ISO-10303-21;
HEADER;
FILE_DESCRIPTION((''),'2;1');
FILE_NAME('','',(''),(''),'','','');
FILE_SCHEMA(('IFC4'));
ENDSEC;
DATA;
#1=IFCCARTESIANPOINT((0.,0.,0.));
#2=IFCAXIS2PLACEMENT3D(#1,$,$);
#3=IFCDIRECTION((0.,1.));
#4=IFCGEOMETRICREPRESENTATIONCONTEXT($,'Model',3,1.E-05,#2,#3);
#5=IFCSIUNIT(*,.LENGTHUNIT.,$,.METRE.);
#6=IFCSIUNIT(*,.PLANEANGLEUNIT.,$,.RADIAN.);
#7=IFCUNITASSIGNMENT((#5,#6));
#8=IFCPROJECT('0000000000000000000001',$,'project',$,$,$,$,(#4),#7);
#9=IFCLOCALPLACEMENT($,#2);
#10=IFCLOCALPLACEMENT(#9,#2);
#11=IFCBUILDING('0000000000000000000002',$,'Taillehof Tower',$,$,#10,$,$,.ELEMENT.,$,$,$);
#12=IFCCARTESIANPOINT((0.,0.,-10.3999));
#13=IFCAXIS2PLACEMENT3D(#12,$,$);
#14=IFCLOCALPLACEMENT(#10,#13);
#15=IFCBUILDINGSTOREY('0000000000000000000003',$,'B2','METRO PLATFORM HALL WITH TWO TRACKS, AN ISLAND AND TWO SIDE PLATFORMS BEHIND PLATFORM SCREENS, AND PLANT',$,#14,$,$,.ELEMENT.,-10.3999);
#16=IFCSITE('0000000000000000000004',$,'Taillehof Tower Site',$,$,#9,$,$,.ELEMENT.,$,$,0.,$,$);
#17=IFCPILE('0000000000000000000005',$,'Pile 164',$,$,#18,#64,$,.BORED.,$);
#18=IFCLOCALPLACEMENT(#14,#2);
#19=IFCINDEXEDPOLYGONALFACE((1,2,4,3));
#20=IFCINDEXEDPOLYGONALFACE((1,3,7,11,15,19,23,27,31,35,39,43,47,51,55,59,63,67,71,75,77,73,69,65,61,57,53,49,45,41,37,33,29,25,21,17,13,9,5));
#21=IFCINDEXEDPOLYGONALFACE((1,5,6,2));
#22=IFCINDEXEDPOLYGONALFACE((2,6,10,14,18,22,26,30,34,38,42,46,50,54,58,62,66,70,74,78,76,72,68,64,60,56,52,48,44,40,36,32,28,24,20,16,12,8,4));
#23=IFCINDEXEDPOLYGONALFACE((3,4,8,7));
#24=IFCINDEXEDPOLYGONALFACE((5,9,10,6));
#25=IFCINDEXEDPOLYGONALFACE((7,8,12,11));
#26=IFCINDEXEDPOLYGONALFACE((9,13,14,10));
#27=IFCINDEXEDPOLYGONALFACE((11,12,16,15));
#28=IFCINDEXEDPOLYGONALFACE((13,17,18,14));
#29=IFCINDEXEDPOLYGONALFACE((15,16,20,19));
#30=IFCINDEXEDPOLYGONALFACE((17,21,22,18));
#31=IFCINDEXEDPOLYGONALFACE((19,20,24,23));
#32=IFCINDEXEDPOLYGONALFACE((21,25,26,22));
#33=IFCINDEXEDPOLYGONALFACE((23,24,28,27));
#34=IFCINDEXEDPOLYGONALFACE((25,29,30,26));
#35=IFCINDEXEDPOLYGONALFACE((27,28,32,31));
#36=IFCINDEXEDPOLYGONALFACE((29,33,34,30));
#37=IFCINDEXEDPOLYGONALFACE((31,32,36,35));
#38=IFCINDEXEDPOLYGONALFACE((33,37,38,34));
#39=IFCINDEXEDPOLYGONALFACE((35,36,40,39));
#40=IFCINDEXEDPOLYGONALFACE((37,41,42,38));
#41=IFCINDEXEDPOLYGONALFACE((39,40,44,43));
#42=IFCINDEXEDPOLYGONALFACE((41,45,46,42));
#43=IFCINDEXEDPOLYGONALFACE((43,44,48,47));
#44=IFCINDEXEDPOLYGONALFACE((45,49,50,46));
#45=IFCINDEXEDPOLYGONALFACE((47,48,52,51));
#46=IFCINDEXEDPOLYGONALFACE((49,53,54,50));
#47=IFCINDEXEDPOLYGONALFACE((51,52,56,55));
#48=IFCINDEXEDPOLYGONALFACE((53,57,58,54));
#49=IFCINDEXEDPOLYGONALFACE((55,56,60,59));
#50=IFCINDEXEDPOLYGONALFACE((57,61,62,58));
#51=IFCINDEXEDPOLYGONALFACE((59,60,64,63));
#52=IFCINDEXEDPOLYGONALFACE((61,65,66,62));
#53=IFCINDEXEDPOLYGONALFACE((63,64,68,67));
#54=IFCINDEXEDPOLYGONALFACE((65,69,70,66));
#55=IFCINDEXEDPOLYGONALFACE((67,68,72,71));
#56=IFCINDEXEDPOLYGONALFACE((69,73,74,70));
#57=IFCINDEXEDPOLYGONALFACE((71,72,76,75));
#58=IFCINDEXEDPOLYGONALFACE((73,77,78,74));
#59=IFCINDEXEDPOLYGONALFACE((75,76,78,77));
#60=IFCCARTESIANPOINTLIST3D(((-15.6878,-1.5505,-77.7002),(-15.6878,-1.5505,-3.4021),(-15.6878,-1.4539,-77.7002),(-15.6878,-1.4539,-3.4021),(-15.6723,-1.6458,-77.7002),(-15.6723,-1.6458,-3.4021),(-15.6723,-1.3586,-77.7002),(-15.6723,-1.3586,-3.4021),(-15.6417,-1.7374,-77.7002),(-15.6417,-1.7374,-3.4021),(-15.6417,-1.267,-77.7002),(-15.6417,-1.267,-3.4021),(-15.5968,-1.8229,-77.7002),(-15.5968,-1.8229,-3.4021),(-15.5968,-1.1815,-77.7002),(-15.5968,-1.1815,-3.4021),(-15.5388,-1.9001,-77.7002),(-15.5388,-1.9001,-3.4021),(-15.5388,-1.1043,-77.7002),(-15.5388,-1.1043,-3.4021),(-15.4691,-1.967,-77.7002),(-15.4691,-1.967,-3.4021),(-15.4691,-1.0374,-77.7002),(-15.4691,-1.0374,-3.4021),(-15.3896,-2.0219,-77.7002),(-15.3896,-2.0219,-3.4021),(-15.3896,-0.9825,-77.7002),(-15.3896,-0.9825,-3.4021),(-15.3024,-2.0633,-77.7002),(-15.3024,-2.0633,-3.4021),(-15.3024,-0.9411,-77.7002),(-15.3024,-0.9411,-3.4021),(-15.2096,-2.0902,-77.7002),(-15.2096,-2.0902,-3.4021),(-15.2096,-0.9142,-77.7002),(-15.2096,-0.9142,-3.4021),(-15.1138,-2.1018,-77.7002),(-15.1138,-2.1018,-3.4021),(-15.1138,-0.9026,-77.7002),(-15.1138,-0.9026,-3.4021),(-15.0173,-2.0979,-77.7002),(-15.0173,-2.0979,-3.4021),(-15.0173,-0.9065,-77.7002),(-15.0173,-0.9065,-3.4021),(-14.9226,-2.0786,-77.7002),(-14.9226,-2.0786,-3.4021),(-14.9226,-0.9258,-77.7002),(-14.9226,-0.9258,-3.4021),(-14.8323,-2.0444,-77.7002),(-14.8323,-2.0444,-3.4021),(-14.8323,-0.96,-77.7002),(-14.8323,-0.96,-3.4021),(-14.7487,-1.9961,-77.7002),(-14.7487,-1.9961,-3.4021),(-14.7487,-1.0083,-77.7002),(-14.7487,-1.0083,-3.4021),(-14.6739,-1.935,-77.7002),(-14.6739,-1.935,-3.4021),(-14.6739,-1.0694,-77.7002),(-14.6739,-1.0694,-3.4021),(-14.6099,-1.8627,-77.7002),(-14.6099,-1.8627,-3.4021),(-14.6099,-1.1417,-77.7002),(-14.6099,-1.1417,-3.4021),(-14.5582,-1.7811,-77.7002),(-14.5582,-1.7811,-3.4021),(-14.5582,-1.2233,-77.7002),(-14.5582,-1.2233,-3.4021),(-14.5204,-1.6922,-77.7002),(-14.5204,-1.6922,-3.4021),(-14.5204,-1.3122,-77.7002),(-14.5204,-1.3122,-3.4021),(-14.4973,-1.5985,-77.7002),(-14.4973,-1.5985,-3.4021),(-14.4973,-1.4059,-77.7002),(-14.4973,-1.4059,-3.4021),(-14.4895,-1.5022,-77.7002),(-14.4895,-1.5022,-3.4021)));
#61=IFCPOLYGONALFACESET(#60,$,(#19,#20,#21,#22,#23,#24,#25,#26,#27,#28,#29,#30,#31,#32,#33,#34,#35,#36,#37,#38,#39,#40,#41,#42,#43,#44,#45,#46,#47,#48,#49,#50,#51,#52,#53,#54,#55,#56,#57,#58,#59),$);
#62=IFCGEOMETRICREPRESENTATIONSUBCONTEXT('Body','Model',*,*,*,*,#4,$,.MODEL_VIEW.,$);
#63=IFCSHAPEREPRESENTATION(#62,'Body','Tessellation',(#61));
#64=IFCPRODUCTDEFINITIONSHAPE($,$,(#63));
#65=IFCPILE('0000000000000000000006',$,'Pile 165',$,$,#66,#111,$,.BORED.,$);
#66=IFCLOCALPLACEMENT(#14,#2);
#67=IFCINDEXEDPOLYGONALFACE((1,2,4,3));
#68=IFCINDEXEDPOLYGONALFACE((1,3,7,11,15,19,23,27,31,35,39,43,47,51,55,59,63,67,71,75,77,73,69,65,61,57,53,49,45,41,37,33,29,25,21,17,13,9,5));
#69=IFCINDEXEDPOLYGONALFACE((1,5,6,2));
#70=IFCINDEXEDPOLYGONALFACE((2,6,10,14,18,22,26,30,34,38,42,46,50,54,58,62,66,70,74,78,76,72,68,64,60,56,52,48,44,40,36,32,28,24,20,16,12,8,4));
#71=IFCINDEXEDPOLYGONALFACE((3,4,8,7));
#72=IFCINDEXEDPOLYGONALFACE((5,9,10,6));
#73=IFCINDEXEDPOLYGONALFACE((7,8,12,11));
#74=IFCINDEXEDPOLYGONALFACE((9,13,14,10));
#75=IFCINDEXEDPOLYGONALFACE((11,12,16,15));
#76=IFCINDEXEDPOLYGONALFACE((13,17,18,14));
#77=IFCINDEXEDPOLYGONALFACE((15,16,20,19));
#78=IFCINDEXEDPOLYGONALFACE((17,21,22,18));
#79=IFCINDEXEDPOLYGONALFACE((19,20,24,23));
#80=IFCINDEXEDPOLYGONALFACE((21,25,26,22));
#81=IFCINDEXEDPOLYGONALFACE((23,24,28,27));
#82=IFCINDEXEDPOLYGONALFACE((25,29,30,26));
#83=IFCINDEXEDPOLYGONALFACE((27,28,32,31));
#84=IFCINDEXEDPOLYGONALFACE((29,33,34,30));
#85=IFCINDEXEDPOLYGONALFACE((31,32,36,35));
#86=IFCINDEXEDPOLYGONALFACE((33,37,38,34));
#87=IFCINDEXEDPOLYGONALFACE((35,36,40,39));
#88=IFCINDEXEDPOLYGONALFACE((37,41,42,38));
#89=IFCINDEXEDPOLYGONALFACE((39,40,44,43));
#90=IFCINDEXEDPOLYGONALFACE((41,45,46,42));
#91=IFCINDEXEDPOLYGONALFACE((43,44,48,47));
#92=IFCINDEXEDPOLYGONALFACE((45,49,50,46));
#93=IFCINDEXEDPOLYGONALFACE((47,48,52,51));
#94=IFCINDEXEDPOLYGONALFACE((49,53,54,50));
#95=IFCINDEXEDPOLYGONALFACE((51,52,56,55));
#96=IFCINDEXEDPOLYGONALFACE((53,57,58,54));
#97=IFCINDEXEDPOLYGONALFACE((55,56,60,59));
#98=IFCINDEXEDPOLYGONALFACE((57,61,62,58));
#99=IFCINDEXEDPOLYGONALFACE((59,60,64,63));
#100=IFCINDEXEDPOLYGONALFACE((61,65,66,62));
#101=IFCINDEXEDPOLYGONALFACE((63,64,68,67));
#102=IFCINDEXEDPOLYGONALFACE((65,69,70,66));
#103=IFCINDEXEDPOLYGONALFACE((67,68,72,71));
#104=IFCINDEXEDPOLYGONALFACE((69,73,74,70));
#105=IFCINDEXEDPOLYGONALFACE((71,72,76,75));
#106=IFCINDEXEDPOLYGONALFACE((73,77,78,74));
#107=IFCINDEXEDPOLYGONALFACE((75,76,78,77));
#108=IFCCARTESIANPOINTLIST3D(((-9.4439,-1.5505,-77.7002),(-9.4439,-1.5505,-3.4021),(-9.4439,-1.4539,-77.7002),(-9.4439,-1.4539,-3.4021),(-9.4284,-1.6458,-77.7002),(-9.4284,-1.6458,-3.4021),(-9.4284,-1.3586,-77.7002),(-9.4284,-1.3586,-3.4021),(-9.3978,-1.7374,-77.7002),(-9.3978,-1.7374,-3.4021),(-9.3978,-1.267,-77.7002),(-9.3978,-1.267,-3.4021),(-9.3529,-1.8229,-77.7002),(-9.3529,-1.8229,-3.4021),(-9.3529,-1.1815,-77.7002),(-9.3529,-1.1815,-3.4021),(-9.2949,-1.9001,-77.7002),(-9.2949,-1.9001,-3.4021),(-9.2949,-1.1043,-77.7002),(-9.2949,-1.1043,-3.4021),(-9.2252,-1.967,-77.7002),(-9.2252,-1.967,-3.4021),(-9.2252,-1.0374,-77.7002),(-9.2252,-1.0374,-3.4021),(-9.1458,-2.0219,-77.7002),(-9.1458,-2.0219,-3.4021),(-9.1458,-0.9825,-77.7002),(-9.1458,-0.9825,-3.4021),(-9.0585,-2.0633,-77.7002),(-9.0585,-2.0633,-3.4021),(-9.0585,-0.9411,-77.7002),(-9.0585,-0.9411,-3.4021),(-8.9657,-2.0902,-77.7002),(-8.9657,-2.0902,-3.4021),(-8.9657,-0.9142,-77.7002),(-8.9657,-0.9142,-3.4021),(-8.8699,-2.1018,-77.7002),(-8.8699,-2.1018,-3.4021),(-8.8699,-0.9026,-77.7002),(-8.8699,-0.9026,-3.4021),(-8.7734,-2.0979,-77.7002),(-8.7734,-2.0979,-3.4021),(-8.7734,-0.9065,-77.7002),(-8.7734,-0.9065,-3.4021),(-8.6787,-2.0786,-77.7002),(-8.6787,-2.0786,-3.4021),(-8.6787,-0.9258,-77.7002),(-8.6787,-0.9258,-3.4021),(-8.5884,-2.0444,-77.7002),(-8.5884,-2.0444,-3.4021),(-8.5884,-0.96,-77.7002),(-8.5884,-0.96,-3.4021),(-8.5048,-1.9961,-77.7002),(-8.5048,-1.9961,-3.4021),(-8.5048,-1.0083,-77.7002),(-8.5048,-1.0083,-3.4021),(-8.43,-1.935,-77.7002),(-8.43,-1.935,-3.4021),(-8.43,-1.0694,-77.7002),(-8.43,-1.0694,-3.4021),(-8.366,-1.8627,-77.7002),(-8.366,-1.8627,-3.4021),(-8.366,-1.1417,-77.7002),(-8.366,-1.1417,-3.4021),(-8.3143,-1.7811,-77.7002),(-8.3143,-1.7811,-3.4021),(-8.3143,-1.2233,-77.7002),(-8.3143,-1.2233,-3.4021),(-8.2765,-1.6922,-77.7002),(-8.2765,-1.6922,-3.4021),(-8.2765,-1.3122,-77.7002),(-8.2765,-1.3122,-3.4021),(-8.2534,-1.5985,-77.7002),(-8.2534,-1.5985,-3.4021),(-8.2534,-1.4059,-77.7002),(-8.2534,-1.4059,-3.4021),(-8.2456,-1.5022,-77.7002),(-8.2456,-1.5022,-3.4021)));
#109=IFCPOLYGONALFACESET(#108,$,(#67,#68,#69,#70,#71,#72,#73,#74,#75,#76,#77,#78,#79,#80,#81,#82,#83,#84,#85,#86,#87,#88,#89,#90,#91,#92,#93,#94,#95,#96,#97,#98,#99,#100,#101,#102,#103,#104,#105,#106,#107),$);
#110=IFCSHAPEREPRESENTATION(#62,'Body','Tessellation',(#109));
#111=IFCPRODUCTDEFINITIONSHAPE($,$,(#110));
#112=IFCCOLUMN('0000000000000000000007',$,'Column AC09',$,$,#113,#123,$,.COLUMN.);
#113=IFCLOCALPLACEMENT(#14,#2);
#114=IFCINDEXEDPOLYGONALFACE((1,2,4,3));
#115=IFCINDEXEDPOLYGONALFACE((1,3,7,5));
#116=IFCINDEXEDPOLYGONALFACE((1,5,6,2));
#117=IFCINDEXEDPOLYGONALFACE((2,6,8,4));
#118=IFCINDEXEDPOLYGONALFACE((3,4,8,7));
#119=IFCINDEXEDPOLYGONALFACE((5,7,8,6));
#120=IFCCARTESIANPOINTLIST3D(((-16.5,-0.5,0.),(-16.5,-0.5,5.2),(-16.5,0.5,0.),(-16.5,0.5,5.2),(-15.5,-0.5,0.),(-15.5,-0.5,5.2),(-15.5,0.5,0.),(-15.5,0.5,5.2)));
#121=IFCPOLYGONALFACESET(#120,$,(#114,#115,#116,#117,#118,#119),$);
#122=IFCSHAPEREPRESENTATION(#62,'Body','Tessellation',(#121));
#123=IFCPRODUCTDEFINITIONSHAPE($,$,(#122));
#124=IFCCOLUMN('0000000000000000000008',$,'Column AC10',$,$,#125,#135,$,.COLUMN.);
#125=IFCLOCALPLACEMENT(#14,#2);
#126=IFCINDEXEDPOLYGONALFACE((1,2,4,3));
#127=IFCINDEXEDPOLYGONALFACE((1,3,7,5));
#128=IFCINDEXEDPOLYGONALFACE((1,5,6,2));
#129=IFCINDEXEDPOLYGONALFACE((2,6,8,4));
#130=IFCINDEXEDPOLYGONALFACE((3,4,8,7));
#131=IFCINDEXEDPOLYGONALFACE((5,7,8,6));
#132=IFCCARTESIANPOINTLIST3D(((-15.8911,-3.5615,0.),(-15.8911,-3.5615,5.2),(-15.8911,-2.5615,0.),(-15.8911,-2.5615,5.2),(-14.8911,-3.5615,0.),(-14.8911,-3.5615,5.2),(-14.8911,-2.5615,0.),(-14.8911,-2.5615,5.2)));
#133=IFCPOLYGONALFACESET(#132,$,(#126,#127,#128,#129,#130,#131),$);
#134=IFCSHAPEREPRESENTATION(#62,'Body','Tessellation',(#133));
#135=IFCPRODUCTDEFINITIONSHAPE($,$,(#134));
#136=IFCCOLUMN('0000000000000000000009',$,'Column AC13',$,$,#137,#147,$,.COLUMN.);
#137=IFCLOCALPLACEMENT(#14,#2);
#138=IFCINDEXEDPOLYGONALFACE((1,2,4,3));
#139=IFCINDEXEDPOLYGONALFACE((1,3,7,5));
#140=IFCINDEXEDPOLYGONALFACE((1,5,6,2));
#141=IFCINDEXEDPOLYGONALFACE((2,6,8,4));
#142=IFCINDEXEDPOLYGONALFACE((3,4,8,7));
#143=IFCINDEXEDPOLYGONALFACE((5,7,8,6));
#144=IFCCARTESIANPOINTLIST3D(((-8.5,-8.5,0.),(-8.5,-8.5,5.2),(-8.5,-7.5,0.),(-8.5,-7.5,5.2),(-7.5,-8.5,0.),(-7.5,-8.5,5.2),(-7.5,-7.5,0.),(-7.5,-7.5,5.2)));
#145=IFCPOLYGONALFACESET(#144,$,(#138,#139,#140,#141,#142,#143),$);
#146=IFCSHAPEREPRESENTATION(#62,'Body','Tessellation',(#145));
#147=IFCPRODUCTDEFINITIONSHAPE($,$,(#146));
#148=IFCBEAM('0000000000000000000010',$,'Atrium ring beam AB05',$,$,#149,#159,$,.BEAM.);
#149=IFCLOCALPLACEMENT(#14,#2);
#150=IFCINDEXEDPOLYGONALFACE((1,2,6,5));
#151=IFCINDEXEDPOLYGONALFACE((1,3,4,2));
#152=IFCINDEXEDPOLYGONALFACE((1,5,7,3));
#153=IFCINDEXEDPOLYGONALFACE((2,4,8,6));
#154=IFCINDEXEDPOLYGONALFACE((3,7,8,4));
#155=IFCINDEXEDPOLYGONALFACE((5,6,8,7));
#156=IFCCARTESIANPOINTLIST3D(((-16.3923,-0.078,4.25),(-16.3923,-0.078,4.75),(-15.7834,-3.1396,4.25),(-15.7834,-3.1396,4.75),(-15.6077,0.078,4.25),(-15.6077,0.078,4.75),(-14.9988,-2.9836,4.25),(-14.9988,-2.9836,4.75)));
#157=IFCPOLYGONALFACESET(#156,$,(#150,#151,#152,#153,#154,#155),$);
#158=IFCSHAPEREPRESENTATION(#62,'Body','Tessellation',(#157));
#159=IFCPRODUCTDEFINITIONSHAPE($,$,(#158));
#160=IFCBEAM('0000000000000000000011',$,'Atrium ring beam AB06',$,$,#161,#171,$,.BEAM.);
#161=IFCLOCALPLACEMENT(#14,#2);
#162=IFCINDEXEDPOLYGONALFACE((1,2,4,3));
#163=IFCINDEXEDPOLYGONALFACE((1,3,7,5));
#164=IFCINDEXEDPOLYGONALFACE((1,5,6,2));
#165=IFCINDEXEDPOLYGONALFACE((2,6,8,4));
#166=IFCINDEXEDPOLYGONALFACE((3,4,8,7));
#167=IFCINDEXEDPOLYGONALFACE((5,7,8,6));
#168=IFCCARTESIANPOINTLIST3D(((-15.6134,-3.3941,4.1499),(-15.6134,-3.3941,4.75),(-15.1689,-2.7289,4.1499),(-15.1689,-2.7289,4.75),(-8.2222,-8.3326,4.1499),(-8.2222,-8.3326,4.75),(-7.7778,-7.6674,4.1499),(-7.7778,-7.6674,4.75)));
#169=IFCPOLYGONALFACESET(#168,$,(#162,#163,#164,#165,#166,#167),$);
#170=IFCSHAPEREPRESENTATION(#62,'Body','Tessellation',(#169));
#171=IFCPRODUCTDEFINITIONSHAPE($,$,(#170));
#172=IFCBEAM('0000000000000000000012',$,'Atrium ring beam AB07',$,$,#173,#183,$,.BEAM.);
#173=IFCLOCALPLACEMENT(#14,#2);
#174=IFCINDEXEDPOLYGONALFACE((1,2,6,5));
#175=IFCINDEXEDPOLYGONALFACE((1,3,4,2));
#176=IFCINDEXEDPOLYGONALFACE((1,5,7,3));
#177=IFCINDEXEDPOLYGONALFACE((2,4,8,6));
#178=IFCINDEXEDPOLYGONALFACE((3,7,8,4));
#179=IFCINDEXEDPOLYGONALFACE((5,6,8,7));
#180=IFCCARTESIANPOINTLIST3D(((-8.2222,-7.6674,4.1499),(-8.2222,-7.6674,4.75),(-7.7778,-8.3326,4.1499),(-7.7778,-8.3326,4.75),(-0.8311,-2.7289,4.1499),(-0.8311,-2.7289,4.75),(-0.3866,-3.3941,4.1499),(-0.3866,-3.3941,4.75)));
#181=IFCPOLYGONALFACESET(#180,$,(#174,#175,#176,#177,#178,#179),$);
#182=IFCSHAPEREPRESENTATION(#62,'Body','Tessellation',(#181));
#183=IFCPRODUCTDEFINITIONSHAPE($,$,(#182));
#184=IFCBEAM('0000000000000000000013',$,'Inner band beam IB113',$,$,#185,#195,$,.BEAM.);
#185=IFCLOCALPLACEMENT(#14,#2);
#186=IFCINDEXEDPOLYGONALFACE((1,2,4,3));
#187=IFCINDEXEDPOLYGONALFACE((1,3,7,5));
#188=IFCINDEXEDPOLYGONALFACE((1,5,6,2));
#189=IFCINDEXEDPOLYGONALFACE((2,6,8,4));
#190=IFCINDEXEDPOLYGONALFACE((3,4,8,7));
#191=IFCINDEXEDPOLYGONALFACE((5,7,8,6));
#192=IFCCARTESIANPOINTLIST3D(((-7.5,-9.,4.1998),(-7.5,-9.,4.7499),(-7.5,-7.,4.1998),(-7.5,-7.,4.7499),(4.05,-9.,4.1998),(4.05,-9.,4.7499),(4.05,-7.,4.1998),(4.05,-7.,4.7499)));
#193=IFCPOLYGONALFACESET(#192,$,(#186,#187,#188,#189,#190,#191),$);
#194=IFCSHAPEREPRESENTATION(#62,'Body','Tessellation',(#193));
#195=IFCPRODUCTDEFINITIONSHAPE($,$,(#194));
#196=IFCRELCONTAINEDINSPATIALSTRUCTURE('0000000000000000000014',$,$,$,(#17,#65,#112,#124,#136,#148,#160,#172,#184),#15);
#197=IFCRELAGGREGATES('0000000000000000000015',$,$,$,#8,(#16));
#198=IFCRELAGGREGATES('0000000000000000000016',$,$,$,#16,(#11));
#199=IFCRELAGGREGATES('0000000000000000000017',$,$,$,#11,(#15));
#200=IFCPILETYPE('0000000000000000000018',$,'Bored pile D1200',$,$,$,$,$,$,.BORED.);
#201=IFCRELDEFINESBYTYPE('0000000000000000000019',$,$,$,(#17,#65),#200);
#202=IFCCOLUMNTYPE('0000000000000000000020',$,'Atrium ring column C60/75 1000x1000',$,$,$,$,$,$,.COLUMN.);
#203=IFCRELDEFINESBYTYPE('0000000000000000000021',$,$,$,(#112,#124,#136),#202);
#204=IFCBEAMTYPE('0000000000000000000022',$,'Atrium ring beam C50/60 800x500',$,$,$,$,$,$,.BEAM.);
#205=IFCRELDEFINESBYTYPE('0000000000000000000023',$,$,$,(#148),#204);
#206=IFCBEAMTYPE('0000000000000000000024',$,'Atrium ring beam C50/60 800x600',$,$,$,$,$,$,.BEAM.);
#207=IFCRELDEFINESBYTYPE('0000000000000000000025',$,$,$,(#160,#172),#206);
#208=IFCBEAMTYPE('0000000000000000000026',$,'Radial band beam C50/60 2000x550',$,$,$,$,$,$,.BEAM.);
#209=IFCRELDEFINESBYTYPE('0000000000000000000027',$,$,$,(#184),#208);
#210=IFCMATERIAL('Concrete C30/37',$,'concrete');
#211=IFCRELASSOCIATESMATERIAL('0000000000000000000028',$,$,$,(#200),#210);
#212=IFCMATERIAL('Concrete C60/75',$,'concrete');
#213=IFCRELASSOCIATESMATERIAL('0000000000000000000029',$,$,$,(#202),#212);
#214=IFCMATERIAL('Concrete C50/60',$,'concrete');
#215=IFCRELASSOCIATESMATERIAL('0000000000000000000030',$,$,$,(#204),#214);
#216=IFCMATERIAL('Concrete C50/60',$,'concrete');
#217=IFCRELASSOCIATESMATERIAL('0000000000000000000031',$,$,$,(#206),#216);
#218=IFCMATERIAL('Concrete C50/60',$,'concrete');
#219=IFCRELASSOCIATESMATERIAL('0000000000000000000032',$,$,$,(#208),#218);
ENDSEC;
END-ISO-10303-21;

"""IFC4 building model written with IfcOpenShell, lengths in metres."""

from ifc_helpers import new_model, si_unit, direction, frame, origin, origin_2d, place, context, subcontext, project, spatial, rectangle, circle, extrude, material, material_profile, profile_set, type_object, element, save


model = new_model("IFC4")

# Units and contexts
model_context = context("Model", 3, precision=1e-05, world=origin(), true_north=direction((0.0, 1.0)))
body_context = subcontext(model_context, "Body", "Model", "MODEL_VIEW")
ifc_project = project(units=[si_unit("LENGTHUNIT", "METRE"), si_unit("PLANEANGLEUNIT", "RADIAN")], contexts=[model_context])

# Site, building, storey
site_placement = place(None, origin())
site = spatial("IfcSite", under=ifc_project, at=site_placement, Name="Taillehof Tower Site", CompositionType="ELEMENT", RefElevation=0.0)
building_placement = place(site_placement, origin())
building = spatial("IfcBuilding", under=site, at=building_placement, Name="Taillehof Tower", CompositionType="ELEMENT")
storey_placement = place(building_placement, frame((0.0, 0.0, -10.3999)))
storey = spatial("IfcBuildingStorey", under=building, at=storey_placement, Name="B2", Description="METRO PLATFORM HALL WITH TWO TRACKS, AN ISLAND AND TWO SIDE PLATFORMS BEHIND PLATFORM SCREENS, AND PLANT", CompositionType="ELEMENT", Elevation=-10.3999)

# Piles
ifc_material_1 = material(Name="Concrete C30/37", Category="concrete")
ifc_material_profile_1 = material_profile(ifc_material_1, circle(Radius=0.6001, at=origin_2d()), Name="BP D1200")
ifc_profile_set_1 = profile_set([ifc_material_profile_1], Name="Concrete C30/37")
pile_type = type_object("IfcPileType", Name="Bored pile D1200", PredefinedType="BORED", material=ifc_profile_set_1)
for number, where, z_axis, x_axis, name in (
    (1, (-15.0896, -1.5022, -3.4021), (0.0, 0.0, -1.0), (1.0, 0.0, 0.0), "Pile 164"),
    (2, (-8.8457, -1.5022, -3.4021), (0.0, 0.0, -1.0), (1.0, 0.0, 0.0), "Pile 165"),
):
    element("IfcPile", number, at=place(storey_placement, frame(where, z_axis=z_axis, x_axis=x_axis)), inside=storey, type_object=pile_type, Name=name, PredefinedType="BORED", context=body_context, shape_type="SweptSolid", body=[
        extrude(circle(Radius=0.6001, at=origin_2d()), origin(), (0.0, 0.0, 1.0), 74.2981),
    ])

# Columns
ifc_material_2 = material(Name="Concrete C60/75", Category="concrete")
ifc_material_profile_2 = material_profile(ifc_material_2, rectangle(XDim=1.0, YDim=1.0, at=origin_2d()), Name="RC 1000x1000")
ifc_profile_set_2 = profile_set([ifc_material_profile_2], Name="Concrete C60/75")
column_type = type_object("IfcColumnType", Name="Atrium ring column C60/75 1000x1000", PredefinedType="COLUMN", material=ifc_profile_set_2)
for number, where, z_axis, x_axis, name in (
    (3, (-16.0, 0.0, 0.0), (0.0, 0.0, 1.0), (1.0, 0.0, 0.0), "Column AC09"),
    (4, (-15.3911, -3.0615, 0.0), (0.0, 0.0, 1.0), (1.0, 0.0, 0.0), "Column AC10"),
    (5, (-8.0, -8.0, 0.0), (0.0, 0.0, 1.0), (1.0, 0.0, 0.0), "Column AC13"),
):
    element("IfcColumn", number, at=place(storey_placement, frame(where, z_axis=z_axis, x_axis=x_axis)), inside=storey, type_object=column_type, Name=name, PredefinedType="COLUMN", context=body_context, shape_type="SweptSolid", body=[
        extrude(rectangle(XDim=1.0, YDim=1.0, at=origin_2d()), origin(), (0.0, 0.0, 1.0), 5.2),
    ])

# Beams
ifc_material_3 = material(Name="Concrete C50/60", Category="concrete")
ifc_material_profile_3 = material_profile(ifc_material_3, rectangle(XDim=0.8, YDim=0.5, at=origin_2d()), Name="RC 800x500")
ifc_profile_set_3 = profile_set([ifc_material_profile_3], Name="Concrete C50/60")
beam_type_1 = type_object("IfcBeamType", Name="Atrium ring beam C50/60 800x500", PredefinedType="BEAM", material=ifc_profile_set_3)
beam_1_placement = place(storey_placement, frame((-16.0, 0.0, 4.5), z_axis=(0.195063, -0.980791, 0.0), x_axis=(0.980791, 0.195063, 0.0)))
element("IfcBeam", 6, at=beam_1_placement, inside=storey, type_object=beam_type_1, Name="Atrium ring beam AB05", PredefinedType="BEAM", context=body_context, shape_type="SweptSolid", body=[
    extrude(rectangle(XDim=0.8, YDim=0.5, at=origin_2d()), origin(), (0.0, 0.0, 1.0), 3.1216),
])
ifc_material_4 = material(Name="Concrete C50/60", Category="concrete")
ifc_material_profile_4 = material_profile(ifc_material_4, rectangle(XDim=0.8, YDim=0.6001, at=origin_2d()), Name="RC 800x600")
ifc_profile_set_4 = profile_set([ifc_material_profile_4], Name="Concrete C50/60")
beam_type_2 = type_object("IfcBeamType", Name="Atrium ring beam C50/60 800x600", PredefinedType="BEAM", material=ifc_profile_set_4)
for number, where, z_axis, x_axis, name in (
    (7, (-15.3911, -3.0615, 4.45), (0.831475, -0.555562, 0.0), (0.555562, 0.831475, 0.0), "Atrium ring beam AB06"),
    (8, (-8.0, -8.0, 4.45), (0.831475, 0.555562, 0.0), (-0.555562, 0.831475, 0.0), "Atrium ring beam AB07"),
):
    element("IfcBeam", number, at=place(storey_placement, frame(where, z_axis=z_axis, x_axis=x_axis)), inside=storey, type_object=beam_type_2, Name=name, PredefinedType="BEAM", context=body_context, shape_type="SweptSolid", body=[
        extrude(rectangle(XDim=0.8, YDim=0.6001, at=origin_2d()), origin(), (0.0, 0.0, 1.0), 8.8892),
    ])
ifc_material_5 = material(Name="Concrete C50/60", Category="concrete")
ifc_material_profile_5 = material_profile(ifc_material_5, rectangle(XDim=2.0, YDim=0.55, at=origin_2d()), Name="RC 2000x550")
ifc_profile_set_5 = profile_set([ifc_material_profile_5], Name="Concrete C50/60")
beam_type_3 = type_object("IfcBeamType", Name="Radial band beam C50/60 2000x550", PredefinedType="BEAM", material=ifc_profile_set_5)
beam_2_placement = place(storey_placement, frame((-7.5, -8.0, 4.4749), z_axis=(1.0, 0.0, 0.0), x_axis=(0.0, 1.0, 0.0)))
element("IfcBeam", 9, at=beam_2_placement, inside=storey, type_object=beam_type_3, Name="Inner band beam IB113", PredefinedType="BEAM", context=body_context, shape_type="SweptSolid", body=[
    extrude(rectangle(XDim=2.0, YDim=0.55, at=origin_2d()), origin(), (0.0, 0.0, 1.0), 11.55),
])

save(model, "model.ifc")
